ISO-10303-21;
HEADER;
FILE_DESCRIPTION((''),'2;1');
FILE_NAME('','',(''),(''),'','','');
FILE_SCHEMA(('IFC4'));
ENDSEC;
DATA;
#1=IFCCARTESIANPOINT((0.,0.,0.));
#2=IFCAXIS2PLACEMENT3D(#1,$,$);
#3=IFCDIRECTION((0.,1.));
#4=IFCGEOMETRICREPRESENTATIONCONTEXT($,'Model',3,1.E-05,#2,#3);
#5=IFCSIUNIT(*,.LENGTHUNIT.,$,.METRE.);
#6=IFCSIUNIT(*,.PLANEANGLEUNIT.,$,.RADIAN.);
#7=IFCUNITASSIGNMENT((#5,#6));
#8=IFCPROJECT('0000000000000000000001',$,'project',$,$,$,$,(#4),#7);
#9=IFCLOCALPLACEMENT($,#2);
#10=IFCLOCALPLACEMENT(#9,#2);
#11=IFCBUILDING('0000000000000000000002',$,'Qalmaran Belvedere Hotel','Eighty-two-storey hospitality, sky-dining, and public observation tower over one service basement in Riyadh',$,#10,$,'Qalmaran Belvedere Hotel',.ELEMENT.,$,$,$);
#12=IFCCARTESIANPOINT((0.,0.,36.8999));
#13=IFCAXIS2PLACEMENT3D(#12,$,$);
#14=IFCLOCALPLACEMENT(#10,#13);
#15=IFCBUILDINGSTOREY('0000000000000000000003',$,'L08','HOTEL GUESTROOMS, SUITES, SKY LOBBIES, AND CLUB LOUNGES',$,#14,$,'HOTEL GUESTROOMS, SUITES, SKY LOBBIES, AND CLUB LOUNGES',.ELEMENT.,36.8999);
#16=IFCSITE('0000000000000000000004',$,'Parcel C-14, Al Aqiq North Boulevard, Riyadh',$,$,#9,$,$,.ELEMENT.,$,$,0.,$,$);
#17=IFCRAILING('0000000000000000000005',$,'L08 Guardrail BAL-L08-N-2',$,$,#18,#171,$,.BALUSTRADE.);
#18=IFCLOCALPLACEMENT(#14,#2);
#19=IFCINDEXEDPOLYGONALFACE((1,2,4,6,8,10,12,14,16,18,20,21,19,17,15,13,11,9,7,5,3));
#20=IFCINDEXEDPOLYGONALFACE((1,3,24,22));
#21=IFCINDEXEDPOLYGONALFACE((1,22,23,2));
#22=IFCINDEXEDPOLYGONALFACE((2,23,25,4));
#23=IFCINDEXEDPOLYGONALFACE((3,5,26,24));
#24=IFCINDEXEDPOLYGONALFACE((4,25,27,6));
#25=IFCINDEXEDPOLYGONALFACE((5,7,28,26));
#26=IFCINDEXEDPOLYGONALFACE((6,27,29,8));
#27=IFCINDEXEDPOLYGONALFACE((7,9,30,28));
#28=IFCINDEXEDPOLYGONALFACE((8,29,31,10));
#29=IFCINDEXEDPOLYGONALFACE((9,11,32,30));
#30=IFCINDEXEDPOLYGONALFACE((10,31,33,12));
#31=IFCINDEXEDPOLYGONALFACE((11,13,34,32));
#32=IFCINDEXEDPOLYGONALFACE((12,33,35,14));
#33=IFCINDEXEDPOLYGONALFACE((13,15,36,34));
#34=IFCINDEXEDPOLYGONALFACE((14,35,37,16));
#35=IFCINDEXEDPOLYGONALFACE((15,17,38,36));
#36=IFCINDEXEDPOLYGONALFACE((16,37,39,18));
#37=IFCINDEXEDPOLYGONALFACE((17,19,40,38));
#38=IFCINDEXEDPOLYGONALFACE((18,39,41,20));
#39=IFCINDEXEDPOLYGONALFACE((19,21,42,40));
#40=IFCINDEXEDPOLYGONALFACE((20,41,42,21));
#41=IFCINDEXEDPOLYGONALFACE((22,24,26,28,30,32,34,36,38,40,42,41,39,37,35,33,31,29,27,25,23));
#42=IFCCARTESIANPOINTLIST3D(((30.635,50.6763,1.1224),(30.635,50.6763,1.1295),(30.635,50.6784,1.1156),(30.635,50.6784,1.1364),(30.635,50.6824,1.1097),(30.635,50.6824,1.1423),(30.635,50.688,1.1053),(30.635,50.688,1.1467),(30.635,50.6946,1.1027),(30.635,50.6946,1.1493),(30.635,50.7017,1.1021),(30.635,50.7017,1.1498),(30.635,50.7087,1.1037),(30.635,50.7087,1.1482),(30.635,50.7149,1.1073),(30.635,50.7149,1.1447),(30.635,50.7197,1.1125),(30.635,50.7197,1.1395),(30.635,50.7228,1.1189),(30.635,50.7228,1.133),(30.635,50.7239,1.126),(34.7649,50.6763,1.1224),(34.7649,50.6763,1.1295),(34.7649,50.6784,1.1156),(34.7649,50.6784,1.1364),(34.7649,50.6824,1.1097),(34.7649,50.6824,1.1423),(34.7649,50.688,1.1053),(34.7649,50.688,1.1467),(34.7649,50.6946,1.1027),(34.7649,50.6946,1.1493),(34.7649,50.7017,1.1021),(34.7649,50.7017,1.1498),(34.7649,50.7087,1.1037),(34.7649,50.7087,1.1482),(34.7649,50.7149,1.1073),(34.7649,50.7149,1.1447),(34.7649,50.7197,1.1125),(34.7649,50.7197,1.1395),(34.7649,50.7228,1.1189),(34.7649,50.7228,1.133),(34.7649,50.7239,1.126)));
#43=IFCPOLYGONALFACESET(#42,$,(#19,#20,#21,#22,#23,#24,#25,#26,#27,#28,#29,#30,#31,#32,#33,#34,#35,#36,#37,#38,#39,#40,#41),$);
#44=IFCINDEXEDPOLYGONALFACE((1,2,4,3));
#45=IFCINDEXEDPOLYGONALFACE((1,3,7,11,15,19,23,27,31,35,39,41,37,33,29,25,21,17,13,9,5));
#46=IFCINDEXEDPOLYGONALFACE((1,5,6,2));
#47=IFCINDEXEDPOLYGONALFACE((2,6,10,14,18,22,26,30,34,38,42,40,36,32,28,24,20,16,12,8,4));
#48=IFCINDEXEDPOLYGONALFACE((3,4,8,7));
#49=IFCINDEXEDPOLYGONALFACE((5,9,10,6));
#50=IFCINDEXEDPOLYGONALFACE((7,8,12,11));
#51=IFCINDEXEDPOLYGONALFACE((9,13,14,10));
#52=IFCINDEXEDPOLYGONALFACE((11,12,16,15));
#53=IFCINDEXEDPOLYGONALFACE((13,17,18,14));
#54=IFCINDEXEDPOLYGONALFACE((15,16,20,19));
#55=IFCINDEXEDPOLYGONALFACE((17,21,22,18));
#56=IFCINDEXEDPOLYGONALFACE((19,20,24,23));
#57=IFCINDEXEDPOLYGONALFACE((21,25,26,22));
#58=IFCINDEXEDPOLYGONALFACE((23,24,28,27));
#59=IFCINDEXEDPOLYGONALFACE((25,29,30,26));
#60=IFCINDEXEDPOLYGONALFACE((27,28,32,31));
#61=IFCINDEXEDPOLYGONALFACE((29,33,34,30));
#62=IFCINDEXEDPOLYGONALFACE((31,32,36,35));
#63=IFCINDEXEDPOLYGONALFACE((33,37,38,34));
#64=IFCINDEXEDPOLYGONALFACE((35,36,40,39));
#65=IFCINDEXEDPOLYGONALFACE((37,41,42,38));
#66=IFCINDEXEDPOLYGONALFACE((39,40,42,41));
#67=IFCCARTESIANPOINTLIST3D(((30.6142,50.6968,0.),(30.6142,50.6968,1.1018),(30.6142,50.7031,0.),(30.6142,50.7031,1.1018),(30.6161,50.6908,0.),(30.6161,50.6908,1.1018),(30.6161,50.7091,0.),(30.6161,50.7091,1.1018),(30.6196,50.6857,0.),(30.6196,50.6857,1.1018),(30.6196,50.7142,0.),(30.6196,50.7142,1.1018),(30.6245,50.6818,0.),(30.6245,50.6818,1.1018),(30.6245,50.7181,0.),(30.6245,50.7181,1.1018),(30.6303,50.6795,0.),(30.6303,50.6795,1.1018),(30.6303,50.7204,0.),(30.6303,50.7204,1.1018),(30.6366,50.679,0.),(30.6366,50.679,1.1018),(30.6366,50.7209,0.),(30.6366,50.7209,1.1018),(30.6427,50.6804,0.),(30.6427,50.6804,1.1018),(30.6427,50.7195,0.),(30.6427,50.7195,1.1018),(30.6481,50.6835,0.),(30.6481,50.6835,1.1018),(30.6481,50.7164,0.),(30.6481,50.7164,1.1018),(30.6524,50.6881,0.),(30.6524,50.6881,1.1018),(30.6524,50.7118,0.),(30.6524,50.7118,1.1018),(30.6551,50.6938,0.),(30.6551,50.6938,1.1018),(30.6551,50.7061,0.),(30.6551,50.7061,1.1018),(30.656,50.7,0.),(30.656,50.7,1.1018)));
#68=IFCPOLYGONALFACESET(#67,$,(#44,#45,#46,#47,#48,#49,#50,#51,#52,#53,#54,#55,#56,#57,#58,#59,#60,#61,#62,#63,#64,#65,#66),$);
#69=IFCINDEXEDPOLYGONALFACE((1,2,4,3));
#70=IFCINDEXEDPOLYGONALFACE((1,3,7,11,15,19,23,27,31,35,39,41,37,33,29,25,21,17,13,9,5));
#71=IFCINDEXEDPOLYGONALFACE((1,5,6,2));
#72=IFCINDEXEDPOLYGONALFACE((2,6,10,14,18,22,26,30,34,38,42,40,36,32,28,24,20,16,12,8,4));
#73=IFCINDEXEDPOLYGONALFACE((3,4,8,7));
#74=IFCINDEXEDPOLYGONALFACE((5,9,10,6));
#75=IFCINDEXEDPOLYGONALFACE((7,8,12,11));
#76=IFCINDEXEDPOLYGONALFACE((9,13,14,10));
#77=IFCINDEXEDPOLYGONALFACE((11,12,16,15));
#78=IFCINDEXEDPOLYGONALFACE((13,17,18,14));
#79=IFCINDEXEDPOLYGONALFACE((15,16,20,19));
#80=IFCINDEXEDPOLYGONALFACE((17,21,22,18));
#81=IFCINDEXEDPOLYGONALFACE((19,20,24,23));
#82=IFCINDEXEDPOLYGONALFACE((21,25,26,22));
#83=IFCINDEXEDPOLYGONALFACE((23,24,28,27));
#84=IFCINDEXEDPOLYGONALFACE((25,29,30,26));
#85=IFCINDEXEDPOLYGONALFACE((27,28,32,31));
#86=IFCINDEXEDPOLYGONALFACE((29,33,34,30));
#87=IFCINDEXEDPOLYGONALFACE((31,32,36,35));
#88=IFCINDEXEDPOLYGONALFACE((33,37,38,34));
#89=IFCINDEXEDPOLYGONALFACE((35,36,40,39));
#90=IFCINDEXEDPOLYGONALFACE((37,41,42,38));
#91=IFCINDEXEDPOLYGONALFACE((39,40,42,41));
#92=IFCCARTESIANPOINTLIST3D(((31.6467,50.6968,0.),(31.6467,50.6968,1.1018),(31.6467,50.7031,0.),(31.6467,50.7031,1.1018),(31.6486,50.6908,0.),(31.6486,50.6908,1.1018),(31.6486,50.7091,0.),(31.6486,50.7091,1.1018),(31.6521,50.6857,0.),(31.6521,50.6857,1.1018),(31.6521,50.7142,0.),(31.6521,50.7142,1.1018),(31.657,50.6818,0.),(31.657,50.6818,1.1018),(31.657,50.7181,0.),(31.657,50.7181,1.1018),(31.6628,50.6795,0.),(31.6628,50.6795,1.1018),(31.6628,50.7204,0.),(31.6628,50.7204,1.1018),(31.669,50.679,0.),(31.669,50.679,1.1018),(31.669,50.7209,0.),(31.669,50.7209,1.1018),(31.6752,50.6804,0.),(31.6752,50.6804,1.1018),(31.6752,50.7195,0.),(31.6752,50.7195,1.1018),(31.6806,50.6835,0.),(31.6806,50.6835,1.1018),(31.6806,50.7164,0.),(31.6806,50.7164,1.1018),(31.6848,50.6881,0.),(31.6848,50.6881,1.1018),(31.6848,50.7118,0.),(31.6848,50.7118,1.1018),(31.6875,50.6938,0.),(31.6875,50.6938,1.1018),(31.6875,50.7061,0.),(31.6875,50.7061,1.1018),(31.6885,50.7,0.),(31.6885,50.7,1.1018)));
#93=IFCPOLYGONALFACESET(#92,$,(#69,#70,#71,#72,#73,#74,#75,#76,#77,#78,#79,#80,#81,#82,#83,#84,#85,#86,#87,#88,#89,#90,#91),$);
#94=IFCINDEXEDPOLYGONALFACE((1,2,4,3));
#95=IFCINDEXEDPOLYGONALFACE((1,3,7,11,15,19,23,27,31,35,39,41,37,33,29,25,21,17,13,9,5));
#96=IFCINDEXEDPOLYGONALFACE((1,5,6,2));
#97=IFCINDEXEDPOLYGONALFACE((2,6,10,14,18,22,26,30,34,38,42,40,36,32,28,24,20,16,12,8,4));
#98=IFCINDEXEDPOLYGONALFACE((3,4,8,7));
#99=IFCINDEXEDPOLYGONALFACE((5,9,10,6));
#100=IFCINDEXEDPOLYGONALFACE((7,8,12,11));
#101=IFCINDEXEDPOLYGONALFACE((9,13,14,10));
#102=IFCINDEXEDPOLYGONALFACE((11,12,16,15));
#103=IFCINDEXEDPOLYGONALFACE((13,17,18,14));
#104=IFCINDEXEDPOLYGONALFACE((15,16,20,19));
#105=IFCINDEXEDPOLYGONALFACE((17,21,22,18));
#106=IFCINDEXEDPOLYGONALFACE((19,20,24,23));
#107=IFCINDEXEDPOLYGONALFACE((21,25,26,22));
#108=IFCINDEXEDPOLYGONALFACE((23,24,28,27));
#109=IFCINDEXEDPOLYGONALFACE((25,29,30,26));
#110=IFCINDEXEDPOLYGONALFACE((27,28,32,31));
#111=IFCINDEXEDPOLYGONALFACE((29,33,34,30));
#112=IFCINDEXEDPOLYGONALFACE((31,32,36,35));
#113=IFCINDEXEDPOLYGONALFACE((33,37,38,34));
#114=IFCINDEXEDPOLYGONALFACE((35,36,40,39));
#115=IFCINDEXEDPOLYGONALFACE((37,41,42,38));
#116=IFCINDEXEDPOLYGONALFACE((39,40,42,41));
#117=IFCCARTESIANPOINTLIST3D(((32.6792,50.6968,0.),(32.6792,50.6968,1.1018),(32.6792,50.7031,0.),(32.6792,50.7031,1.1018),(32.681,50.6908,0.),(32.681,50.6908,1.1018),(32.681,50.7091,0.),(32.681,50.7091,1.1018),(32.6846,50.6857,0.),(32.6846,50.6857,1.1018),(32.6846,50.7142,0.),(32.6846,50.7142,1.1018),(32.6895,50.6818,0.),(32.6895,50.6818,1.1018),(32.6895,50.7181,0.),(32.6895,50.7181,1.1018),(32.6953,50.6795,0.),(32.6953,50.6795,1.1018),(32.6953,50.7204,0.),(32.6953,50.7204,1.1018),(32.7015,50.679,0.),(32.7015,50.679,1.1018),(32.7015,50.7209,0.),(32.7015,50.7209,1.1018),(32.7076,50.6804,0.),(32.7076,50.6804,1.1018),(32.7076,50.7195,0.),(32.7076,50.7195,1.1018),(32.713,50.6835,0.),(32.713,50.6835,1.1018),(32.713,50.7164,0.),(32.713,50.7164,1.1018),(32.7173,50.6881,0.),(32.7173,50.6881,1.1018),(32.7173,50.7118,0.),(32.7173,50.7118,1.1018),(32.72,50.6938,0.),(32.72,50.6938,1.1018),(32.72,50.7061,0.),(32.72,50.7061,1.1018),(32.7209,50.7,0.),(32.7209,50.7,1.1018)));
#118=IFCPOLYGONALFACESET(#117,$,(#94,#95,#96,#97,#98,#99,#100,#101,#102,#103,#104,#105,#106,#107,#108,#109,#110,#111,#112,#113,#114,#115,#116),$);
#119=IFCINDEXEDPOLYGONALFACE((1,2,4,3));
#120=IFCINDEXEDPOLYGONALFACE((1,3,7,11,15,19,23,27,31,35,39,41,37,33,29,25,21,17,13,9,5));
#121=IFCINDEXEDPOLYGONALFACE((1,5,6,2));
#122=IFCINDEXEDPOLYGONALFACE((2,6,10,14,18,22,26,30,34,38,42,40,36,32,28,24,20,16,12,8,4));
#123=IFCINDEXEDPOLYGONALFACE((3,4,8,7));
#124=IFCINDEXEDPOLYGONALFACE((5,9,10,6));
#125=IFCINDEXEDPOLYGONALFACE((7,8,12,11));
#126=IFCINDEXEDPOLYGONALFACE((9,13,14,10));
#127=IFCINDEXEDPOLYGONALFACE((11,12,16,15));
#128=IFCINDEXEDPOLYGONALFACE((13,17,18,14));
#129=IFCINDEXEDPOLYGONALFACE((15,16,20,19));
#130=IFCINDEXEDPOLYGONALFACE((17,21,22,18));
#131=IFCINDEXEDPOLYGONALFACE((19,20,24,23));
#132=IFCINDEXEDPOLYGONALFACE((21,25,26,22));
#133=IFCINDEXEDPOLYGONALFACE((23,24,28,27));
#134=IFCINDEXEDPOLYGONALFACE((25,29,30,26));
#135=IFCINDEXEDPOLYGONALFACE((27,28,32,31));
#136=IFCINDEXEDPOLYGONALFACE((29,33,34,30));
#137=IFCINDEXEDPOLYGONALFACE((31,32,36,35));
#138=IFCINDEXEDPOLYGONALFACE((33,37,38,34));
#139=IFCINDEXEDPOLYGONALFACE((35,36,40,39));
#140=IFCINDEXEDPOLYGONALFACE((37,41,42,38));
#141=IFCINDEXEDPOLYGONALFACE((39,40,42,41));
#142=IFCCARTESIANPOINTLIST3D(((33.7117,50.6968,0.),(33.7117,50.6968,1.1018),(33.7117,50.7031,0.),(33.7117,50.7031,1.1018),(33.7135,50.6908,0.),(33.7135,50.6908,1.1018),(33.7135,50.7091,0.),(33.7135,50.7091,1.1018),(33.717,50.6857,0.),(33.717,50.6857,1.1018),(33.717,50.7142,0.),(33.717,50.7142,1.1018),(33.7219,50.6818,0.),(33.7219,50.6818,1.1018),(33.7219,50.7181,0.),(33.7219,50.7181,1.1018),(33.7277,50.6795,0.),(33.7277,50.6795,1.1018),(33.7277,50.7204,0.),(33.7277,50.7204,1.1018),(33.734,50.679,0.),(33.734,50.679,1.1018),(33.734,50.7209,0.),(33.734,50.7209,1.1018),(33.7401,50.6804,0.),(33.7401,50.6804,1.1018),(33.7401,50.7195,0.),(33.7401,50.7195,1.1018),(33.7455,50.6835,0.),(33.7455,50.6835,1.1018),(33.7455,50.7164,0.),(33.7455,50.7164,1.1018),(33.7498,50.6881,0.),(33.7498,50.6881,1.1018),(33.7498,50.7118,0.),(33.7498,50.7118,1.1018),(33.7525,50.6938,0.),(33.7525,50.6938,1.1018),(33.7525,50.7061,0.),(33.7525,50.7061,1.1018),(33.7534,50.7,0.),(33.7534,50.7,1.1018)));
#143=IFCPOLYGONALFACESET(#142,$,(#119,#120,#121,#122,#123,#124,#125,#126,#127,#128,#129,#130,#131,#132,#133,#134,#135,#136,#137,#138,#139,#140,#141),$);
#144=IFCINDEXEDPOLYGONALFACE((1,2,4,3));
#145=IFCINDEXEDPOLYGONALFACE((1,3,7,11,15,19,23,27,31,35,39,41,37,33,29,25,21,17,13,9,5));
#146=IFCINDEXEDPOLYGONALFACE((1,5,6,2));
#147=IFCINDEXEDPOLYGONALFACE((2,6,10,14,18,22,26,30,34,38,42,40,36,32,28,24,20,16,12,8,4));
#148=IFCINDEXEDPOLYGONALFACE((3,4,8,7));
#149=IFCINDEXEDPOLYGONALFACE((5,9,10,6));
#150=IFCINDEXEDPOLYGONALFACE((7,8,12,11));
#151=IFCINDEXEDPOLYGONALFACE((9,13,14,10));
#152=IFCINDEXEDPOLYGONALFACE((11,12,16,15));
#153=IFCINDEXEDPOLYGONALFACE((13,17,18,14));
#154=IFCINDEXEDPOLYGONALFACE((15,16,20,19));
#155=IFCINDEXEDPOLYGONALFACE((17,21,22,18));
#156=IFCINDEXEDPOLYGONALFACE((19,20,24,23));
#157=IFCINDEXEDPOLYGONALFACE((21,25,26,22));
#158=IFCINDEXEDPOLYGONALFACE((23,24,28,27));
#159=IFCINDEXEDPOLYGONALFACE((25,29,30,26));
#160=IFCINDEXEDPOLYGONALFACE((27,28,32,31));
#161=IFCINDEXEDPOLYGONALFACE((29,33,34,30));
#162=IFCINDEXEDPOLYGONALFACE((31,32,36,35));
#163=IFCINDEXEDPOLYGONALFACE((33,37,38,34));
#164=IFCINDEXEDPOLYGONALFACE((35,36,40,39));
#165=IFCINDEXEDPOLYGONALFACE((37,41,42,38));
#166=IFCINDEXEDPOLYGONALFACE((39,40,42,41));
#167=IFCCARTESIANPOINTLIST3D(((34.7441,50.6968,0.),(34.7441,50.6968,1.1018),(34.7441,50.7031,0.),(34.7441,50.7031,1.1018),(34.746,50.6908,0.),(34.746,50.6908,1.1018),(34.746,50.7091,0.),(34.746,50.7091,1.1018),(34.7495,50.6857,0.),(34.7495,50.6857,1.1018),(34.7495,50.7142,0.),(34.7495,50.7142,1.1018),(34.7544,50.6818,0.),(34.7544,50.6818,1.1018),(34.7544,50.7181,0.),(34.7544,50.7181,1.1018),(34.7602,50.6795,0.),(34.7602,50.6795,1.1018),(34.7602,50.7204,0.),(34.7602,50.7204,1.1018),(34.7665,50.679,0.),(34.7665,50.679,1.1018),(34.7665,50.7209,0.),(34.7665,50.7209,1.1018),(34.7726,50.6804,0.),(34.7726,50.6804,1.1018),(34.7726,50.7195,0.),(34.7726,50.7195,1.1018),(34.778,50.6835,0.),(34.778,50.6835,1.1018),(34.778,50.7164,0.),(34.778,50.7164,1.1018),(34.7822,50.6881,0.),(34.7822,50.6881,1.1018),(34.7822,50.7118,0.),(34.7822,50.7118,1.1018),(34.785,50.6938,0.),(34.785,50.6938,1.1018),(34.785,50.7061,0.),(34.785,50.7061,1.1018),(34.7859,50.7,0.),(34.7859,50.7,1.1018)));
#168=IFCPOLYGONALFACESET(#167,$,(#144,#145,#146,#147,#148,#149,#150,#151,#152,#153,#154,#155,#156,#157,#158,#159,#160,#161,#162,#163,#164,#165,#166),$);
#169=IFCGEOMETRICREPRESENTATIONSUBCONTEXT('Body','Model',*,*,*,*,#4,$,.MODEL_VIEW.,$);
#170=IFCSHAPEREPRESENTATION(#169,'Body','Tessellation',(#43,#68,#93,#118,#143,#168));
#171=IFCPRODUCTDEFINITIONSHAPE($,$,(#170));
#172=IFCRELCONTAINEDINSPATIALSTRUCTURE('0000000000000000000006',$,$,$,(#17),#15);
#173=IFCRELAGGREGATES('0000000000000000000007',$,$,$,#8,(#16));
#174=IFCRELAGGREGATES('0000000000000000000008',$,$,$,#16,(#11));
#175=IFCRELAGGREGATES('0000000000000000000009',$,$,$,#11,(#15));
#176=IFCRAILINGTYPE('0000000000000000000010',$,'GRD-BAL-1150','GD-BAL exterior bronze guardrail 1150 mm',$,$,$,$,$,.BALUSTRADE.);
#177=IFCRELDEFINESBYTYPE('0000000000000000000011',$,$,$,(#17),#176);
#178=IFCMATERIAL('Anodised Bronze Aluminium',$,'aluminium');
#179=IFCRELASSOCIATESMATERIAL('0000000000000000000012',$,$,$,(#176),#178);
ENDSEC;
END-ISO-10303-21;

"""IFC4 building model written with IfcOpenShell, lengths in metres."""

from ifc_helpers import new_model, si_unit, direction, frame, origin, origin_2d, place, context, subcontext, project, spatial, circle, extrude, material, type_object, element, save


model = new_model("IFC4")

# Units and contexts
model_context = context("Model", 3, precision=1e-05, world=origin(), true_north=direction((0.0, 1.0)))
body_context = subcontext(model_context, "Body", "Model", "MODEL_VIEW")
ifc_project = project(units=[si_unit("LENGTHUNIT", "METRE"), si_unit("PLANEANGLEUNIT", "RADIAN")], contexts=[model_context])

# Site, building, storey
site_placement = place(None, origin())
site = spatial("IfcSite", under=ifc_project, at=site_placement, Name="Parcel C-14, Al Aqiq North Boulevard, Riyadh", CompositionType="ELEMENT", RefElevation=0.0)
building_placement = place(site_placement, origin())
building = spatial("IfcBuilding", under=site, at=building_placement, Name="Qalmaran Belvedere Hotel", Description="Eighty-two-storey hospitality, sky-dining, and public observation tower over one service basement in Riyadh", LongName="Qalmaran Belvedere Hotel", CompositionType="ELEMENT")
storey_placement = place(building_placement, frame((0.0, 0.0, 36.8999)))
storey = spatial("IfcBuildingStorey", under=building, at=storey_placement, Name="L08", Description="HOTEL GUESTROOMS, SUITES, SKY LOBBIES, AND CLUB LOUNGES", LongName="HOTEL GUESTROOMS, SUITES, SKY LOBBIES, AND CLUB LOUNGES", CompositionType="ELEMENT", Elevation=36.8999)

# Shared definitions
ifc_material_1 = material(Name="Anodised Bronze Aluminium", Category="aluminium")

# Railing
railing_type = type_object("IfcRailingType", Name="GRD-BAL-1150", Description="GD-BAL exterior bronze guardrail 1150 mm", PredefinedType="BALUSTRADE", material=ifc_material_1)
railing_1_placement = place(storey_placement, frame((30.635, 50.7, 0.0)))
element("IfcRailing", 1, at=railing_1_placement, inside=storey, type_object=railing_type, Name="L08 Guardrail BAL-L08-N-2", PredefinedType="BALUSTRADE", context=body_context, shape_type="SweptSolid", body=[
    extrude(circle(Radius=0.0239, at=origin_2d()), frame((0.0, 0.0, 1.126), z_axis=(1.0, 0.0, 0.0), x_axis=(0.0, 1.0, 0.0)), (0.0, 0.0, 1.0), 4.1299),
    extrude(circle(Radius=0.021, at=origin_2d()), origin(), (0.0, 0.0, 1.0), 1.1018),
    extrude(circle(Radius=0.021, at=origin_2d()), frame((1.0325, 0.0, 0.0)), (0.0, 0.0, 1.0), 1.1018),
    extrude(circle(Radius=0.021, at=origin_2d()), frame((2.0649, 0.0, 0.0)), (0.0, 0.0, 1.0), 1.1018),
    extrude(circle(Radius=0.021, at=origin_2d()), frame((3.0974, 0.0, 0.0)), (0.0, 0.0, 1.0), 1.1018),
    extrude(circle(Radius=0.021, at=origin_2d()), frame((4.1299, 0.0, 0.0)), (0.0, 0.0, 1.0), 1.1018),
])

save(model, "model.ifc")
